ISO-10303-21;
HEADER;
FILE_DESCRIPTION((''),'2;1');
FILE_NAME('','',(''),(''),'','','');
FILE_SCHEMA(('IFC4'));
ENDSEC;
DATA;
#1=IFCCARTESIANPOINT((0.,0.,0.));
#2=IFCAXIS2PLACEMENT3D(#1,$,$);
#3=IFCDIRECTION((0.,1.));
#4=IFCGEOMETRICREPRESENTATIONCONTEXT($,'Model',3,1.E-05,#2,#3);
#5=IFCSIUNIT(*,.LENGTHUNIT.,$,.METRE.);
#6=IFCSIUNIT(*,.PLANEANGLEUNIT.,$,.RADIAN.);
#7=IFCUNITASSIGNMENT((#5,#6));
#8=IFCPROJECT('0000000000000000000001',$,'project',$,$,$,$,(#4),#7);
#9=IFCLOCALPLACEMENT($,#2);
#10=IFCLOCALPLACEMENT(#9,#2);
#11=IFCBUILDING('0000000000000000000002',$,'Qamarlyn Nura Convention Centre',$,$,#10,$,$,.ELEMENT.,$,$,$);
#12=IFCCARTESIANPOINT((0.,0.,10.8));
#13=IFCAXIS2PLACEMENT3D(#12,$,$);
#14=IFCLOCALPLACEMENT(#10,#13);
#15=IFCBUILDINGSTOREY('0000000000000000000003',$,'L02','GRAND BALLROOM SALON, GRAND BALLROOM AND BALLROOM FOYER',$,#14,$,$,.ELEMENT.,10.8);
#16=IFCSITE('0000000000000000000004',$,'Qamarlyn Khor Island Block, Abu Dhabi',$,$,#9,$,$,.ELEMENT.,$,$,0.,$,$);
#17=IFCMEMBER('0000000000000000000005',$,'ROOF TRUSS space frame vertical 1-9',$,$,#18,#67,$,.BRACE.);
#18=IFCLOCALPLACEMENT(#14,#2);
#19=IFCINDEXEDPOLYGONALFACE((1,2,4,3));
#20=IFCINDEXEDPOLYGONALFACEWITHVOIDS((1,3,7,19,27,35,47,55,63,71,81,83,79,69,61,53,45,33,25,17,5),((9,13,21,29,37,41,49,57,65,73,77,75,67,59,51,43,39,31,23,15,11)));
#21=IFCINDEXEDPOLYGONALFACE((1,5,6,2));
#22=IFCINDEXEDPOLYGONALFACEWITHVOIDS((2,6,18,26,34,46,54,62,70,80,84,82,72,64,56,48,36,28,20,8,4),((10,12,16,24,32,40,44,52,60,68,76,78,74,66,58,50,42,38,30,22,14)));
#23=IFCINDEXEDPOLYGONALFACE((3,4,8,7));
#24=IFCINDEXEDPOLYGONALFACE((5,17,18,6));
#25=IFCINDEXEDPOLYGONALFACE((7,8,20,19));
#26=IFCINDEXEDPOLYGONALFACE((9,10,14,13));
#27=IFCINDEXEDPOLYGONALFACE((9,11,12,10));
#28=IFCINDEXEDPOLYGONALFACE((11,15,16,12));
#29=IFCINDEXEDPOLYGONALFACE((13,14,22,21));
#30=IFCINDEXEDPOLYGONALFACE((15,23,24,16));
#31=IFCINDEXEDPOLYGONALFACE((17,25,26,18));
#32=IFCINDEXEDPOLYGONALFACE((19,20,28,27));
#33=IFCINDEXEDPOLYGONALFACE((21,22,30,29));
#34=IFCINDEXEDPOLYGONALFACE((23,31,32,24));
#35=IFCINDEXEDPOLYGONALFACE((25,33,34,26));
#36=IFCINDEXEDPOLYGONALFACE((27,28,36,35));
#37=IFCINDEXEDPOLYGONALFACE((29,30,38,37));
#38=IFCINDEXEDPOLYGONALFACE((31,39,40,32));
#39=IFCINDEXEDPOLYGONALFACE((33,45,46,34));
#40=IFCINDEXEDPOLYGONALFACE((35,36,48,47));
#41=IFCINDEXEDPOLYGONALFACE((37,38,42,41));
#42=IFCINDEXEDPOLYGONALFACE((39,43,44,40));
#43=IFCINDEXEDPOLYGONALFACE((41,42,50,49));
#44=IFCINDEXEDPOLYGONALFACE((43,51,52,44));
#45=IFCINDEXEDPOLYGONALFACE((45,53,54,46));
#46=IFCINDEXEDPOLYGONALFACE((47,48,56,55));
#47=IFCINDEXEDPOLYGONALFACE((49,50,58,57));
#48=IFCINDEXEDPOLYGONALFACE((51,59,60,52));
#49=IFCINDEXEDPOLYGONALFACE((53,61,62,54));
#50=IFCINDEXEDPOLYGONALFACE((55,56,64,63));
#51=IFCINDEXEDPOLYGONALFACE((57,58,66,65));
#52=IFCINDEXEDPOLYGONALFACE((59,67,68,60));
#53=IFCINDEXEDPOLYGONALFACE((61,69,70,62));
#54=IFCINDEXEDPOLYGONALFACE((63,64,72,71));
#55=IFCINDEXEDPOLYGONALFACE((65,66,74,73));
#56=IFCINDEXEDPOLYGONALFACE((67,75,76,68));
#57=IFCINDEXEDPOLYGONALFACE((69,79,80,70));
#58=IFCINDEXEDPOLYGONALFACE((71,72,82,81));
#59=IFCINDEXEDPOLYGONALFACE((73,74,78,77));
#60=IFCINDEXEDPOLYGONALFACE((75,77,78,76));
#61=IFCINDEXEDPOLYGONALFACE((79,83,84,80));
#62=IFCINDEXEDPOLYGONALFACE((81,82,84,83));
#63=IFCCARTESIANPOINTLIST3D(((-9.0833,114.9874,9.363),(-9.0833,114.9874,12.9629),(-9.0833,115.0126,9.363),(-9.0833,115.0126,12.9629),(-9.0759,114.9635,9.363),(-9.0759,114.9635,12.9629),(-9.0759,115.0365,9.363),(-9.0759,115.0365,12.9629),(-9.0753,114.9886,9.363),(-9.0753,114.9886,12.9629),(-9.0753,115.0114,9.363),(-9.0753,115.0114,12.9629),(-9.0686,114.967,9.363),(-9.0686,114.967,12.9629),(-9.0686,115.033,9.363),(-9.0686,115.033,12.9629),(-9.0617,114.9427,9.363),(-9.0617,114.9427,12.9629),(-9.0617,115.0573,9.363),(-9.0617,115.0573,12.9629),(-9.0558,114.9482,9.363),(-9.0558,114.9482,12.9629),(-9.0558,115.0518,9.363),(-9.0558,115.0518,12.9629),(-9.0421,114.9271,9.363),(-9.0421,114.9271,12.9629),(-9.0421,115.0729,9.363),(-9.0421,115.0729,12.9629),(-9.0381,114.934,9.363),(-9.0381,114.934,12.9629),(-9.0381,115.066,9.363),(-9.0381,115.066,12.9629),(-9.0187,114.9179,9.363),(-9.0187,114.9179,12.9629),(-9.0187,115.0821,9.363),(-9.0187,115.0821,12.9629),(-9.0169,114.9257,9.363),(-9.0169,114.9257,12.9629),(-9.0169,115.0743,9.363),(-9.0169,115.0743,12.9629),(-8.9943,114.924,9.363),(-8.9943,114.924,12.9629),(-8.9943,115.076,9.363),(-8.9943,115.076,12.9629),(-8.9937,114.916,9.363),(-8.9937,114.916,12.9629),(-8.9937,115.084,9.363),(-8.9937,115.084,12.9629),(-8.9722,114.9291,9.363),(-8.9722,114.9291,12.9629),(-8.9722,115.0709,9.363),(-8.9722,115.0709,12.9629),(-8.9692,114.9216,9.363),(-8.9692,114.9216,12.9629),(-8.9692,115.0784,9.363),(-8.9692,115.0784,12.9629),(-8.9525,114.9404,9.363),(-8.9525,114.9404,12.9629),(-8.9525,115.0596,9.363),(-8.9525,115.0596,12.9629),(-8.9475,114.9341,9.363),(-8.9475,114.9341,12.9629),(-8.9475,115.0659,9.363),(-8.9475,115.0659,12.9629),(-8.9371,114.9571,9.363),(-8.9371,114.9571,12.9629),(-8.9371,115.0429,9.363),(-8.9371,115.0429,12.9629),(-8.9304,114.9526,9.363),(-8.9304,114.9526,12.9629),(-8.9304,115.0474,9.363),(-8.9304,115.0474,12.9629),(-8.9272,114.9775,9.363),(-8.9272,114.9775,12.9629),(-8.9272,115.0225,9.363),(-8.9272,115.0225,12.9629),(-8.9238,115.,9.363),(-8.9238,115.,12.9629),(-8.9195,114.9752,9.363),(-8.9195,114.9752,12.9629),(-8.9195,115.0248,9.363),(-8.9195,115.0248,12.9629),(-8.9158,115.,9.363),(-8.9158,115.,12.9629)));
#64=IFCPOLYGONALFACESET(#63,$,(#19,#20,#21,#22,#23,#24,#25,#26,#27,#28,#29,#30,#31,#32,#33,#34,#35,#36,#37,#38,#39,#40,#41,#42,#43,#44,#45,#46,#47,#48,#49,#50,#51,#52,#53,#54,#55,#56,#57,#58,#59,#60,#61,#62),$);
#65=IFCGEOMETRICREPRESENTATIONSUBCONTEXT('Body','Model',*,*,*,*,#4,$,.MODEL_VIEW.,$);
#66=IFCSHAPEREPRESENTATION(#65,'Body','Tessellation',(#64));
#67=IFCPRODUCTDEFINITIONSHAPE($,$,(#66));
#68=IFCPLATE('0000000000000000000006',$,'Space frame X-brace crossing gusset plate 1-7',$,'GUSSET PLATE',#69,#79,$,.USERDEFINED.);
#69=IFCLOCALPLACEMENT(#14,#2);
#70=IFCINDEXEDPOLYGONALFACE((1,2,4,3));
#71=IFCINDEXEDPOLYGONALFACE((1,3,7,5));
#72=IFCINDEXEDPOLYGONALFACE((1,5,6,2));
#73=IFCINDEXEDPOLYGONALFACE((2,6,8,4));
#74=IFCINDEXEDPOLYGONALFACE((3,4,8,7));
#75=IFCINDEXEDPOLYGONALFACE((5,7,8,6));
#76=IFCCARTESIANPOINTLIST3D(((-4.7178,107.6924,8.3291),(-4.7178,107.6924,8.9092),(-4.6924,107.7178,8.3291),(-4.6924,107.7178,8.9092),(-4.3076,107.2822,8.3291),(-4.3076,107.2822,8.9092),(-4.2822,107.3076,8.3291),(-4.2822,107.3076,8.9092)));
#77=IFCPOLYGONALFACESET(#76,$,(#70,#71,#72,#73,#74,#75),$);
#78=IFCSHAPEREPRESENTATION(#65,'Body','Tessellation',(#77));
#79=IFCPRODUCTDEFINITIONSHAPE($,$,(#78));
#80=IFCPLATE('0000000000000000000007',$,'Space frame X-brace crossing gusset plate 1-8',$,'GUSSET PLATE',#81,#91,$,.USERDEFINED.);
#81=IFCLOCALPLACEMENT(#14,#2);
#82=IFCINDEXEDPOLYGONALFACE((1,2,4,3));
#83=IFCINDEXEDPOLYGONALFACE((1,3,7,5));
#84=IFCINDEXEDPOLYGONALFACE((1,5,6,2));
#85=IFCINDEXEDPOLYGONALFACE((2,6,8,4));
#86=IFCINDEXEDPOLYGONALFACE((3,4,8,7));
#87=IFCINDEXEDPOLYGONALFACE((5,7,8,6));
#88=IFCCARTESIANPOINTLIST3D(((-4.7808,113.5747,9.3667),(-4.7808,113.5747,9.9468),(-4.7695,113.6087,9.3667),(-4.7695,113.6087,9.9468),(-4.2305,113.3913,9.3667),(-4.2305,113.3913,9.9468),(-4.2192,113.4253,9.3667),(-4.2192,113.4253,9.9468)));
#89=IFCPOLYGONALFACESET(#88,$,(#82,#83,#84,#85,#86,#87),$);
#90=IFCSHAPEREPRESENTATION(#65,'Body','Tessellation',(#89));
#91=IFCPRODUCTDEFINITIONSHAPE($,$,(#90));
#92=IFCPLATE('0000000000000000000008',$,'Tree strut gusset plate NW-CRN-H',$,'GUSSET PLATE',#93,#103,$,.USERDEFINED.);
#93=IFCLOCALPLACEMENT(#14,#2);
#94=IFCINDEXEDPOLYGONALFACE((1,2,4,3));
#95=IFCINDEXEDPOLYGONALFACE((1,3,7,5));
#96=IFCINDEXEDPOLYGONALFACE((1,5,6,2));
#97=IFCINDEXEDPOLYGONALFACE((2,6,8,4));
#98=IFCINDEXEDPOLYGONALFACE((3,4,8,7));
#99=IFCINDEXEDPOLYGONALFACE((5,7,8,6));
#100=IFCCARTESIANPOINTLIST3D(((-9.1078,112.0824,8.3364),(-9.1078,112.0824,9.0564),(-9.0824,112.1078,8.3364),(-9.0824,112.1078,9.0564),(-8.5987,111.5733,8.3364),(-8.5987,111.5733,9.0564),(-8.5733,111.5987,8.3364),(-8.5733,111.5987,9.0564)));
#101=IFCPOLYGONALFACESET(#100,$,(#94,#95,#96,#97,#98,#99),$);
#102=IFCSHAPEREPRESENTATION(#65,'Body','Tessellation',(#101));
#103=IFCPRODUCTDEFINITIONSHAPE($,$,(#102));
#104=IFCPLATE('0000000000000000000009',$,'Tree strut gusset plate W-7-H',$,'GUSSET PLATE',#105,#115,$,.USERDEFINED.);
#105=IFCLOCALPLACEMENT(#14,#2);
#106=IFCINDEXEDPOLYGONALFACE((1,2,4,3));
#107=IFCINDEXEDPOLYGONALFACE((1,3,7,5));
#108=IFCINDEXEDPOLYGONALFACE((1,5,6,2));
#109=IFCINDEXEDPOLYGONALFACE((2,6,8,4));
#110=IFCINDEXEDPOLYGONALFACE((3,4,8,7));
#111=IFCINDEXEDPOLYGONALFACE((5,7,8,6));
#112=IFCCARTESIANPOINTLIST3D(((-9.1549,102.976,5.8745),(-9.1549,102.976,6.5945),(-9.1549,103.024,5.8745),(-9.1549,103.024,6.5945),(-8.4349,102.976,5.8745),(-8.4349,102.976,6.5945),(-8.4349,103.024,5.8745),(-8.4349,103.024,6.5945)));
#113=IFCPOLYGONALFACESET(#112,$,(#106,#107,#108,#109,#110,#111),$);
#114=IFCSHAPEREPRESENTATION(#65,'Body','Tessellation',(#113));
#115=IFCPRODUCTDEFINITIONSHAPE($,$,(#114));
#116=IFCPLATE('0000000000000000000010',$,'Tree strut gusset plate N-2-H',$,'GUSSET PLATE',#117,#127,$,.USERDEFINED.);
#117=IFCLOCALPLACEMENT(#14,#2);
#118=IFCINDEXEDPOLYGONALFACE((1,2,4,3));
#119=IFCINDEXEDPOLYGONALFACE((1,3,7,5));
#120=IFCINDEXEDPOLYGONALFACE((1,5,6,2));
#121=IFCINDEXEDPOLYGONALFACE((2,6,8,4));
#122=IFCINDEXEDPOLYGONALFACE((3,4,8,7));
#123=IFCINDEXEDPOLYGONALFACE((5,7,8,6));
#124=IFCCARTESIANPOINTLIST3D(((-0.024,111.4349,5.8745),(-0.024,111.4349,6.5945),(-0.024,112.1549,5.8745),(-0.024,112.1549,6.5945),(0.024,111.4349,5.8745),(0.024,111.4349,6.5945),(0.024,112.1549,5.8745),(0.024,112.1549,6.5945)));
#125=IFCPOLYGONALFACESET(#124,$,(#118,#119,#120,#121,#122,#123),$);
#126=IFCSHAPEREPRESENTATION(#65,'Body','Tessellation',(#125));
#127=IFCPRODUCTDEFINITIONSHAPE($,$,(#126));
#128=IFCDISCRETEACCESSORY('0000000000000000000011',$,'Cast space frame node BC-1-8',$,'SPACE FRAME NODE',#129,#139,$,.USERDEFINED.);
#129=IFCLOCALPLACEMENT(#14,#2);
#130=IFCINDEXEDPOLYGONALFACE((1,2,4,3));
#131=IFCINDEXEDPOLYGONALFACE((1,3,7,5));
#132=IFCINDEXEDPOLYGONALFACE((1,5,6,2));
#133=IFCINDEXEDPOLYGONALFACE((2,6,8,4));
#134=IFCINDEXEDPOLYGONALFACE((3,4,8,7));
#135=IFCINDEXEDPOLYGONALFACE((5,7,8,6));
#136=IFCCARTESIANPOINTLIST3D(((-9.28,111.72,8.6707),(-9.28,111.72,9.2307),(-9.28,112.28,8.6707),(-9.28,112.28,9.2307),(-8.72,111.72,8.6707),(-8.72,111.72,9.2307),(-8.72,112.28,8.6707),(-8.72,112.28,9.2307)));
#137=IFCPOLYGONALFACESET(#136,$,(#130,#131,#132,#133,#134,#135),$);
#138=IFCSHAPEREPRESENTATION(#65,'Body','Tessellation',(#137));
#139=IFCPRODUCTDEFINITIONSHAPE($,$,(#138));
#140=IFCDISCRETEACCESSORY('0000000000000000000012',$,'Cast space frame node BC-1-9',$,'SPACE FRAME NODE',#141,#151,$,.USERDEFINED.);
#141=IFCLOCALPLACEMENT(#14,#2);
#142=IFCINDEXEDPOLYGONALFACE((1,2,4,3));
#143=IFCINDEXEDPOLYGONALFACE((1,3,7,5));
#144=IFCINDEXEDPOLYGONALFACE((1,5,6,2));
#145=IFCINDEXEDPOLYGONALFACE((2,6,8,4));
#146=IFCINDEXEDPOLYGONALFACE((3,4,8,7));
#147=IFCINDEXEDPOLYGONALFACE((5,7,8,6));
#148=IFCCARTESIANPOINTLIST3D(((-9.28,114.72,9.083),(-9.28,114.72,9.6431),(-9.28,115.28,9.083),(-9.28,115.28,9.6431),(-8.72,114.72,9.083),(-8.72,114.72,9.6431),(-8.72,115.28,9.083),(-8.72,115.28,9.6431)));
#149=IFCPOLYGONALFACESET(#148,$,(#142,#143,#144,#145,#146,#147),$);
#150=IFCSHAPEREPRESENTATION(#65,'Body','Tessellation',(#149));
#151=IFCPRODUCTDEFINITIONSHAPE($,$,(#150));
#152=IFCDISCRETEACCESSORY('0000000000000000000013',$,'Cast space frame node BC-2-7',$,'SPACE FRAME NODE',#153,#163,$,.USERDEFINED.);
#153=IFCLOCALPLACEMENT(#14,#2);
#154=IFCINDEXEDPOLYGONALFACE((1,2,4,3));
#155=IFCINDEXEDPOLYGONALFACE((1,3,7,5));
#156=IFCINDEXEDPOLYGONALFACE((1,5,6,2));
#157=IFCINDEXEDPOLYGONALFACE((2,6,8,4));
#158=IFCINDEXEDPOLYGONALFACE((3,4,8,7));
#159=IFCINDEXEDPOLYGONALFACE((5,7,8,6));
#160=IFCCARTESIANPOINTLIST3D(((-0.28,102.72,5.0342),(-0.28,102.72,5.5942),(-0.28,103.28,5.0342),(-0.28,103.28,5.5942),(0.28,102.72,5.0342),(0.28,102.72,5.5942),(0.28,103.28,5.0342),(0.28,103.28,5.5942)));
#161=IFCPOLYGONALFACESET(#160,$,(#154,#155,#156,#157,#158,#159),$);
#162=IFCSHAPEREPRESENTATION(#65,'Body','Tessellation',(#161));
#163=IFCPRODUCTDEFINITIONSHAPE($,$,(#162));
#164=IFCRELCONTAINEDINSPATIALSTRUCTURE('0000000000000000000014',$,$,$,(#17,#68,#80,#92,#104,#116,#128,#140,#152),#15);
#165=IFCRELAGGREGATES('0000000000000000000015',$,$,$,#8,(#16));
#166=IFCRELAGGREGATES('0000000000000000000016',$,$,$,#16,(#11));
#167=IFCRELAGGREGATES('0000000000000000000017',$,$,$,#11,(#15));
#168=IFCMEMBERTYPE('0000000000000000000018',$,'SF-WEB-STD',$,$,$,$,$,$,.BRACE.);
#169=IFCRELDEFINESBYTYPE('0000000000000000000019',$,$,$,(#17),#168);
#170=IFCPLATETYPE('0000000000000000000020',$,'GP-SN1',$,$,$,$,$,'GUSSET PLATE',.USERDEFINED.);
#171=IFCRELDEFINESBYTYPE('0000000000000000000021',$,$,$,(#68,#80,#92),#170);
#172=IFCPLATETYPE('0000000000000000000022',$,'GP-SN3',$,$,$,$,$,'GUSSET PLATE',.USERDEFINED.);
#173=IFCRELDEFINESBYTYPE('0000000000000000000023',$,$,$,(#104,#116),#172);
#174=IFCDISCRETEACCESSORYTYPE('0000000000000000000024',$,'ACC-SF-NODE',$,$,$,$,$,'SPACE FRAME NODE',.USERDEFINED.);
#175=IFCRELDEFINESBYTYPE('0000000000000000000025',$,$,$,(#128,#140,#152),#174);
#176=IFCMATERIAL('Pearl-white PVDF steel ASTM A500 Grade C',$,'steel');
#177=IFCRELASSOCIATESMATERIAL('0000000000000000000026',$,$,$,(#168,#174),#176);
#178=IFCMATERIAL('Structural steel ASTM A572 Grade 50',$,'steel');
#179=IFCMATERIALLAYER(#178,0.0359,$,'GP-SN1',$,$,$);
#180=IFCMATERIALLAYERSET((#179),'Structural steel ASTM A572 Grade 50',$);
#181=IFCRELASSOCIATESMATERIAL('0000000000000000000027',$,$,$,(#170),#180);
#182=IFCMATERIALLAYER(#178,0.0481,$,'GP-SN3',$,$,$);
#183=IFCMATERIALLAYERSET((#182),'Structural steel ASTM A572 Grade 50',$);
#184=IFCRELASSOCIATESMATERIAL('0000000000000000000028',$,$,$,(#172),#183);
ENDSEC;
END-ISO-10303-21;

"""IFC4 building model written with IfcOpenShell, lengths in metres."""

from ifc_helpers import new_model, si_unit, direction, frame, origin, origin_2d, place, context, subcontext, project, spatial, rectangle, hollow_circle, extrude, material, layer, layer_set, material_profile, profile_set, type_object, element, save


model = new_model("IFC4")

# Units and contexts
model_context = context("Model", 3, precision=1e-05, world=origin(), true_north=direction((0.0, 1.0)))
body_context = subcontext(model_context, "Body", "Model", "MODEL_VIEW")
ifc_project = project(units=[si_unit("LENGTHUNIT", "METRE"), si_unit("PLANEANGLEUNIT", "RADIAN")], contexts=[model_context])

# Site, building, storey
site_placement = place(None, origin())
site = spatial("IfcSite", under=ifc_project, at=site_placement, Name="Qamarlyn Khor Island Block, Abu Dhabi", CompositionType="ELEMENT", RefElevation=0.0)
building_placement = place(site_placement, origin())
building = spatial("IfcBuilding", under=site, at=building_placement, Name="Qamarlyn Nura Convention Centre", CompositionType="ELEMENT")
storey_placement = place(building_placement, frame((0.0, 0.0, 10.8)))
storey = spatial("IfcBuildingStorey", under=building, at=storey_placement, Name="L02", Description="GRAND BALLROOM SALON, GRAND BALLROOM AND BALLROOM FOYER", CompositionType="ELEMENT", Elevation=10.8)

# Member
ifc_material_1 = material(Name="Pearl-white PVDF steel ASTM A500 Grade C", Category="steel")
ifc_material_profile_1 = material_profile(ifc_material_1, hollow_circle(Radius=0.0842, WallThickness=0.0081, at=origin_2d()), Name="CHS168.3X8")
ifc_profile_set_1 = profile_set([ifc_material_profile_1], Name="Pearl-white PVDF steel ASTM A500 Grade C")
member_type_1 = type_object("IfcMemberType", Name="SF-WEB-STD", PredefinedType="BRACE", material=ifc_profile_set_1)
member_1_placement = place(storey_placement, frame((-9.0, 115.0, 9.363), z_axis=(0.0, 0.0, 1.0), x_axis=(1.0, 0.0, 0.0)))
element("IfcMember", 1, at=member_1_placement, inside=storey, type_object=member_type_1, Name="ROOF TRUSS space frame vertical 1-9", PredefinedType="BRACE", context=body_context, shape_type="SweptSolid", body=[
    extrude(hollow_circle(Radius=0.0842, WallThickness=0.0081, at=origin_2d()), origin(), (0.0, 0.0, 1.0), 3.5999),
])

# Plates
ifc_material_2 = material(Name="Structural steel ASTM A572 Grade 50", Category="steel")
ifc_layer_1 = layer(ifc_material_2, 0.0359, Name="GP-SN1")
ifc_layer_set_1 = layer_set([ifc_layer_1], Name="Structural steel ASTM A572 Grade 50")
plate_type_1 = type_object("IfcPlateType", Name="GP-SN1", ElementType="GUSSET PLATE", PredefinedType="USERDEFINED", material=ifc_layer_set_1)
for number, where, z_axis, x_axis, name in (
    (2, (-4.5, 107.5, 8.3291), (0.0, 0.0, 1.0), (-0.707107, 0.707107, 0.0), "Space frame X-brace crossing gusset plate 1-7"),
    (3, (-4.5, 113.5, 9.3667), (0.0, 0.0, 1.0), (-0.948684, 0.316227, 0.0), "Space frame X-brace crossing gusset plate 1-8"),
):
    element("IfcPlate", number, at=place(storey_placement, frame(where, z_axis=z_axis, x_axis=x_axis)), inside=storey, type_object=plate_type_1, Name=name, ObjectType="GUSSET PLATE", PredefinedType="USERDEFINED", context=body_context, shape_type="SweptSolid", body=[
        extrude(rectangle(XDim=0.5801, YDim=0.0359, at=origin_2d()), origin(), (0.0, 0.0, 1.0), 0.5801),
    ])
plate_placement = place(storey_placement, frame((-8.8406, 111.8406, 8.3364), z_axis=(0.0, 0.0, 1.0), x_axis=(-0.707107, 0.707107, 0.0)))
element("IfcPlate", 4, at=plate_placement, inside=storey, type_object=plate_type_1, Name="Tree strut gusset plate NW-CRN-H", ObjectType="GUSSET PLATE", PredefinedType="USERDEFINED", context=body_context, shape_type="SweptSolid", body=[
    extrude(rectangle(XDim=0.72, YDim=0.0359, at=origin_2d()), origin(), (0.0, 0.0, 1.0), 0.72),
])
ifc_layer_2 = layer(ifc_material_2, 0.0481, Name="GP-SN3")
ifc_layer_set_2 = layer_set([ifc_layer_2], Name="Structural steel ASTM A572 Grade 50")
plate_type_2 = type_object("IfcPlateType", Name="GP-SN3", ElementType="GUSSET PLATE", PredefinedType="USERDEFINED", material=ifc_layer_set_2)
for number, where, z_axis, x_axis, name in (
    (5, (-8.7949, 103.0, 5.8745), (0.0, 0.0, 1.0), (1.0, 0.0, 0.0), "Tree strut gusset plate W-7-H"),
    (6, (0.0, 111.7949, 5.8745), (0.0, 0.0, 1.0), (0.0, 1.0, 0.0), "Tree strut gusset plate N-2-H"),
):
    element("IfcPlate", number, at=place(storey_placement, frame(where, z_axis=z_axis, x_axis=x_axis)), inside=storey, type_object=plate_type_2, Name=name, ObjectType="GUSSET PLATE", PredefinedType="USERDEFINED", context=body_context, shape_type="SweptSolid", body=[
        extrude(rectangle(XDim=0.72, YDim=0.0481, at=origin_2d()), origin(), (0.0, 0.0, 1.0), 0.72),
    ])

# Discrete accessories
discrete_accessory_type = type_object("IfcDiscreteAccessoryType", Name="ACC-SF-NODE", ElementType="SPACE FRAME NODE", PredefinedType="USERDEFINED", material=ifc_material_1)
for number, where, z_axis, x_axis, name in (
    (7, (-9.0, 112.0, 8.6707), (0.0, 0.0, 1.0), (1.0, 0.0, 0.0), "Cast space frame node BC-1-8"),
    (8, (-9.0, 115.0, 9.083), (0.0, 0.0, 1.0), (1.0, 0.0, 0.0), "Cast space frame node BC-1-9"),
    (9, (0.0, 103.0, 5.0342), (0.0, 0.0, 1.0), (1.0, 0.0, 0.0), "Cast space frame node BC-2-7"),
):
    element("IfcDiscreteAccessory", number, at=place(storey_placement, frame(where, z_axis=z_axis, x_axis=x_axis)), inside=storey, type_object=discrete_accessory_type, Name=name, ObjectType="SPACE FRAME NODE", PredefinedType="USERDEFINED", context=body_context, shape_type="SweptSolid", body=[
        extrude(rectangle(XDim=0.5601, YDim=0.5601, at=origin_2d()), origin(), (0.0, 0.0, 1.0), 0.5601),
    ])

save(model, "model.ifc")
